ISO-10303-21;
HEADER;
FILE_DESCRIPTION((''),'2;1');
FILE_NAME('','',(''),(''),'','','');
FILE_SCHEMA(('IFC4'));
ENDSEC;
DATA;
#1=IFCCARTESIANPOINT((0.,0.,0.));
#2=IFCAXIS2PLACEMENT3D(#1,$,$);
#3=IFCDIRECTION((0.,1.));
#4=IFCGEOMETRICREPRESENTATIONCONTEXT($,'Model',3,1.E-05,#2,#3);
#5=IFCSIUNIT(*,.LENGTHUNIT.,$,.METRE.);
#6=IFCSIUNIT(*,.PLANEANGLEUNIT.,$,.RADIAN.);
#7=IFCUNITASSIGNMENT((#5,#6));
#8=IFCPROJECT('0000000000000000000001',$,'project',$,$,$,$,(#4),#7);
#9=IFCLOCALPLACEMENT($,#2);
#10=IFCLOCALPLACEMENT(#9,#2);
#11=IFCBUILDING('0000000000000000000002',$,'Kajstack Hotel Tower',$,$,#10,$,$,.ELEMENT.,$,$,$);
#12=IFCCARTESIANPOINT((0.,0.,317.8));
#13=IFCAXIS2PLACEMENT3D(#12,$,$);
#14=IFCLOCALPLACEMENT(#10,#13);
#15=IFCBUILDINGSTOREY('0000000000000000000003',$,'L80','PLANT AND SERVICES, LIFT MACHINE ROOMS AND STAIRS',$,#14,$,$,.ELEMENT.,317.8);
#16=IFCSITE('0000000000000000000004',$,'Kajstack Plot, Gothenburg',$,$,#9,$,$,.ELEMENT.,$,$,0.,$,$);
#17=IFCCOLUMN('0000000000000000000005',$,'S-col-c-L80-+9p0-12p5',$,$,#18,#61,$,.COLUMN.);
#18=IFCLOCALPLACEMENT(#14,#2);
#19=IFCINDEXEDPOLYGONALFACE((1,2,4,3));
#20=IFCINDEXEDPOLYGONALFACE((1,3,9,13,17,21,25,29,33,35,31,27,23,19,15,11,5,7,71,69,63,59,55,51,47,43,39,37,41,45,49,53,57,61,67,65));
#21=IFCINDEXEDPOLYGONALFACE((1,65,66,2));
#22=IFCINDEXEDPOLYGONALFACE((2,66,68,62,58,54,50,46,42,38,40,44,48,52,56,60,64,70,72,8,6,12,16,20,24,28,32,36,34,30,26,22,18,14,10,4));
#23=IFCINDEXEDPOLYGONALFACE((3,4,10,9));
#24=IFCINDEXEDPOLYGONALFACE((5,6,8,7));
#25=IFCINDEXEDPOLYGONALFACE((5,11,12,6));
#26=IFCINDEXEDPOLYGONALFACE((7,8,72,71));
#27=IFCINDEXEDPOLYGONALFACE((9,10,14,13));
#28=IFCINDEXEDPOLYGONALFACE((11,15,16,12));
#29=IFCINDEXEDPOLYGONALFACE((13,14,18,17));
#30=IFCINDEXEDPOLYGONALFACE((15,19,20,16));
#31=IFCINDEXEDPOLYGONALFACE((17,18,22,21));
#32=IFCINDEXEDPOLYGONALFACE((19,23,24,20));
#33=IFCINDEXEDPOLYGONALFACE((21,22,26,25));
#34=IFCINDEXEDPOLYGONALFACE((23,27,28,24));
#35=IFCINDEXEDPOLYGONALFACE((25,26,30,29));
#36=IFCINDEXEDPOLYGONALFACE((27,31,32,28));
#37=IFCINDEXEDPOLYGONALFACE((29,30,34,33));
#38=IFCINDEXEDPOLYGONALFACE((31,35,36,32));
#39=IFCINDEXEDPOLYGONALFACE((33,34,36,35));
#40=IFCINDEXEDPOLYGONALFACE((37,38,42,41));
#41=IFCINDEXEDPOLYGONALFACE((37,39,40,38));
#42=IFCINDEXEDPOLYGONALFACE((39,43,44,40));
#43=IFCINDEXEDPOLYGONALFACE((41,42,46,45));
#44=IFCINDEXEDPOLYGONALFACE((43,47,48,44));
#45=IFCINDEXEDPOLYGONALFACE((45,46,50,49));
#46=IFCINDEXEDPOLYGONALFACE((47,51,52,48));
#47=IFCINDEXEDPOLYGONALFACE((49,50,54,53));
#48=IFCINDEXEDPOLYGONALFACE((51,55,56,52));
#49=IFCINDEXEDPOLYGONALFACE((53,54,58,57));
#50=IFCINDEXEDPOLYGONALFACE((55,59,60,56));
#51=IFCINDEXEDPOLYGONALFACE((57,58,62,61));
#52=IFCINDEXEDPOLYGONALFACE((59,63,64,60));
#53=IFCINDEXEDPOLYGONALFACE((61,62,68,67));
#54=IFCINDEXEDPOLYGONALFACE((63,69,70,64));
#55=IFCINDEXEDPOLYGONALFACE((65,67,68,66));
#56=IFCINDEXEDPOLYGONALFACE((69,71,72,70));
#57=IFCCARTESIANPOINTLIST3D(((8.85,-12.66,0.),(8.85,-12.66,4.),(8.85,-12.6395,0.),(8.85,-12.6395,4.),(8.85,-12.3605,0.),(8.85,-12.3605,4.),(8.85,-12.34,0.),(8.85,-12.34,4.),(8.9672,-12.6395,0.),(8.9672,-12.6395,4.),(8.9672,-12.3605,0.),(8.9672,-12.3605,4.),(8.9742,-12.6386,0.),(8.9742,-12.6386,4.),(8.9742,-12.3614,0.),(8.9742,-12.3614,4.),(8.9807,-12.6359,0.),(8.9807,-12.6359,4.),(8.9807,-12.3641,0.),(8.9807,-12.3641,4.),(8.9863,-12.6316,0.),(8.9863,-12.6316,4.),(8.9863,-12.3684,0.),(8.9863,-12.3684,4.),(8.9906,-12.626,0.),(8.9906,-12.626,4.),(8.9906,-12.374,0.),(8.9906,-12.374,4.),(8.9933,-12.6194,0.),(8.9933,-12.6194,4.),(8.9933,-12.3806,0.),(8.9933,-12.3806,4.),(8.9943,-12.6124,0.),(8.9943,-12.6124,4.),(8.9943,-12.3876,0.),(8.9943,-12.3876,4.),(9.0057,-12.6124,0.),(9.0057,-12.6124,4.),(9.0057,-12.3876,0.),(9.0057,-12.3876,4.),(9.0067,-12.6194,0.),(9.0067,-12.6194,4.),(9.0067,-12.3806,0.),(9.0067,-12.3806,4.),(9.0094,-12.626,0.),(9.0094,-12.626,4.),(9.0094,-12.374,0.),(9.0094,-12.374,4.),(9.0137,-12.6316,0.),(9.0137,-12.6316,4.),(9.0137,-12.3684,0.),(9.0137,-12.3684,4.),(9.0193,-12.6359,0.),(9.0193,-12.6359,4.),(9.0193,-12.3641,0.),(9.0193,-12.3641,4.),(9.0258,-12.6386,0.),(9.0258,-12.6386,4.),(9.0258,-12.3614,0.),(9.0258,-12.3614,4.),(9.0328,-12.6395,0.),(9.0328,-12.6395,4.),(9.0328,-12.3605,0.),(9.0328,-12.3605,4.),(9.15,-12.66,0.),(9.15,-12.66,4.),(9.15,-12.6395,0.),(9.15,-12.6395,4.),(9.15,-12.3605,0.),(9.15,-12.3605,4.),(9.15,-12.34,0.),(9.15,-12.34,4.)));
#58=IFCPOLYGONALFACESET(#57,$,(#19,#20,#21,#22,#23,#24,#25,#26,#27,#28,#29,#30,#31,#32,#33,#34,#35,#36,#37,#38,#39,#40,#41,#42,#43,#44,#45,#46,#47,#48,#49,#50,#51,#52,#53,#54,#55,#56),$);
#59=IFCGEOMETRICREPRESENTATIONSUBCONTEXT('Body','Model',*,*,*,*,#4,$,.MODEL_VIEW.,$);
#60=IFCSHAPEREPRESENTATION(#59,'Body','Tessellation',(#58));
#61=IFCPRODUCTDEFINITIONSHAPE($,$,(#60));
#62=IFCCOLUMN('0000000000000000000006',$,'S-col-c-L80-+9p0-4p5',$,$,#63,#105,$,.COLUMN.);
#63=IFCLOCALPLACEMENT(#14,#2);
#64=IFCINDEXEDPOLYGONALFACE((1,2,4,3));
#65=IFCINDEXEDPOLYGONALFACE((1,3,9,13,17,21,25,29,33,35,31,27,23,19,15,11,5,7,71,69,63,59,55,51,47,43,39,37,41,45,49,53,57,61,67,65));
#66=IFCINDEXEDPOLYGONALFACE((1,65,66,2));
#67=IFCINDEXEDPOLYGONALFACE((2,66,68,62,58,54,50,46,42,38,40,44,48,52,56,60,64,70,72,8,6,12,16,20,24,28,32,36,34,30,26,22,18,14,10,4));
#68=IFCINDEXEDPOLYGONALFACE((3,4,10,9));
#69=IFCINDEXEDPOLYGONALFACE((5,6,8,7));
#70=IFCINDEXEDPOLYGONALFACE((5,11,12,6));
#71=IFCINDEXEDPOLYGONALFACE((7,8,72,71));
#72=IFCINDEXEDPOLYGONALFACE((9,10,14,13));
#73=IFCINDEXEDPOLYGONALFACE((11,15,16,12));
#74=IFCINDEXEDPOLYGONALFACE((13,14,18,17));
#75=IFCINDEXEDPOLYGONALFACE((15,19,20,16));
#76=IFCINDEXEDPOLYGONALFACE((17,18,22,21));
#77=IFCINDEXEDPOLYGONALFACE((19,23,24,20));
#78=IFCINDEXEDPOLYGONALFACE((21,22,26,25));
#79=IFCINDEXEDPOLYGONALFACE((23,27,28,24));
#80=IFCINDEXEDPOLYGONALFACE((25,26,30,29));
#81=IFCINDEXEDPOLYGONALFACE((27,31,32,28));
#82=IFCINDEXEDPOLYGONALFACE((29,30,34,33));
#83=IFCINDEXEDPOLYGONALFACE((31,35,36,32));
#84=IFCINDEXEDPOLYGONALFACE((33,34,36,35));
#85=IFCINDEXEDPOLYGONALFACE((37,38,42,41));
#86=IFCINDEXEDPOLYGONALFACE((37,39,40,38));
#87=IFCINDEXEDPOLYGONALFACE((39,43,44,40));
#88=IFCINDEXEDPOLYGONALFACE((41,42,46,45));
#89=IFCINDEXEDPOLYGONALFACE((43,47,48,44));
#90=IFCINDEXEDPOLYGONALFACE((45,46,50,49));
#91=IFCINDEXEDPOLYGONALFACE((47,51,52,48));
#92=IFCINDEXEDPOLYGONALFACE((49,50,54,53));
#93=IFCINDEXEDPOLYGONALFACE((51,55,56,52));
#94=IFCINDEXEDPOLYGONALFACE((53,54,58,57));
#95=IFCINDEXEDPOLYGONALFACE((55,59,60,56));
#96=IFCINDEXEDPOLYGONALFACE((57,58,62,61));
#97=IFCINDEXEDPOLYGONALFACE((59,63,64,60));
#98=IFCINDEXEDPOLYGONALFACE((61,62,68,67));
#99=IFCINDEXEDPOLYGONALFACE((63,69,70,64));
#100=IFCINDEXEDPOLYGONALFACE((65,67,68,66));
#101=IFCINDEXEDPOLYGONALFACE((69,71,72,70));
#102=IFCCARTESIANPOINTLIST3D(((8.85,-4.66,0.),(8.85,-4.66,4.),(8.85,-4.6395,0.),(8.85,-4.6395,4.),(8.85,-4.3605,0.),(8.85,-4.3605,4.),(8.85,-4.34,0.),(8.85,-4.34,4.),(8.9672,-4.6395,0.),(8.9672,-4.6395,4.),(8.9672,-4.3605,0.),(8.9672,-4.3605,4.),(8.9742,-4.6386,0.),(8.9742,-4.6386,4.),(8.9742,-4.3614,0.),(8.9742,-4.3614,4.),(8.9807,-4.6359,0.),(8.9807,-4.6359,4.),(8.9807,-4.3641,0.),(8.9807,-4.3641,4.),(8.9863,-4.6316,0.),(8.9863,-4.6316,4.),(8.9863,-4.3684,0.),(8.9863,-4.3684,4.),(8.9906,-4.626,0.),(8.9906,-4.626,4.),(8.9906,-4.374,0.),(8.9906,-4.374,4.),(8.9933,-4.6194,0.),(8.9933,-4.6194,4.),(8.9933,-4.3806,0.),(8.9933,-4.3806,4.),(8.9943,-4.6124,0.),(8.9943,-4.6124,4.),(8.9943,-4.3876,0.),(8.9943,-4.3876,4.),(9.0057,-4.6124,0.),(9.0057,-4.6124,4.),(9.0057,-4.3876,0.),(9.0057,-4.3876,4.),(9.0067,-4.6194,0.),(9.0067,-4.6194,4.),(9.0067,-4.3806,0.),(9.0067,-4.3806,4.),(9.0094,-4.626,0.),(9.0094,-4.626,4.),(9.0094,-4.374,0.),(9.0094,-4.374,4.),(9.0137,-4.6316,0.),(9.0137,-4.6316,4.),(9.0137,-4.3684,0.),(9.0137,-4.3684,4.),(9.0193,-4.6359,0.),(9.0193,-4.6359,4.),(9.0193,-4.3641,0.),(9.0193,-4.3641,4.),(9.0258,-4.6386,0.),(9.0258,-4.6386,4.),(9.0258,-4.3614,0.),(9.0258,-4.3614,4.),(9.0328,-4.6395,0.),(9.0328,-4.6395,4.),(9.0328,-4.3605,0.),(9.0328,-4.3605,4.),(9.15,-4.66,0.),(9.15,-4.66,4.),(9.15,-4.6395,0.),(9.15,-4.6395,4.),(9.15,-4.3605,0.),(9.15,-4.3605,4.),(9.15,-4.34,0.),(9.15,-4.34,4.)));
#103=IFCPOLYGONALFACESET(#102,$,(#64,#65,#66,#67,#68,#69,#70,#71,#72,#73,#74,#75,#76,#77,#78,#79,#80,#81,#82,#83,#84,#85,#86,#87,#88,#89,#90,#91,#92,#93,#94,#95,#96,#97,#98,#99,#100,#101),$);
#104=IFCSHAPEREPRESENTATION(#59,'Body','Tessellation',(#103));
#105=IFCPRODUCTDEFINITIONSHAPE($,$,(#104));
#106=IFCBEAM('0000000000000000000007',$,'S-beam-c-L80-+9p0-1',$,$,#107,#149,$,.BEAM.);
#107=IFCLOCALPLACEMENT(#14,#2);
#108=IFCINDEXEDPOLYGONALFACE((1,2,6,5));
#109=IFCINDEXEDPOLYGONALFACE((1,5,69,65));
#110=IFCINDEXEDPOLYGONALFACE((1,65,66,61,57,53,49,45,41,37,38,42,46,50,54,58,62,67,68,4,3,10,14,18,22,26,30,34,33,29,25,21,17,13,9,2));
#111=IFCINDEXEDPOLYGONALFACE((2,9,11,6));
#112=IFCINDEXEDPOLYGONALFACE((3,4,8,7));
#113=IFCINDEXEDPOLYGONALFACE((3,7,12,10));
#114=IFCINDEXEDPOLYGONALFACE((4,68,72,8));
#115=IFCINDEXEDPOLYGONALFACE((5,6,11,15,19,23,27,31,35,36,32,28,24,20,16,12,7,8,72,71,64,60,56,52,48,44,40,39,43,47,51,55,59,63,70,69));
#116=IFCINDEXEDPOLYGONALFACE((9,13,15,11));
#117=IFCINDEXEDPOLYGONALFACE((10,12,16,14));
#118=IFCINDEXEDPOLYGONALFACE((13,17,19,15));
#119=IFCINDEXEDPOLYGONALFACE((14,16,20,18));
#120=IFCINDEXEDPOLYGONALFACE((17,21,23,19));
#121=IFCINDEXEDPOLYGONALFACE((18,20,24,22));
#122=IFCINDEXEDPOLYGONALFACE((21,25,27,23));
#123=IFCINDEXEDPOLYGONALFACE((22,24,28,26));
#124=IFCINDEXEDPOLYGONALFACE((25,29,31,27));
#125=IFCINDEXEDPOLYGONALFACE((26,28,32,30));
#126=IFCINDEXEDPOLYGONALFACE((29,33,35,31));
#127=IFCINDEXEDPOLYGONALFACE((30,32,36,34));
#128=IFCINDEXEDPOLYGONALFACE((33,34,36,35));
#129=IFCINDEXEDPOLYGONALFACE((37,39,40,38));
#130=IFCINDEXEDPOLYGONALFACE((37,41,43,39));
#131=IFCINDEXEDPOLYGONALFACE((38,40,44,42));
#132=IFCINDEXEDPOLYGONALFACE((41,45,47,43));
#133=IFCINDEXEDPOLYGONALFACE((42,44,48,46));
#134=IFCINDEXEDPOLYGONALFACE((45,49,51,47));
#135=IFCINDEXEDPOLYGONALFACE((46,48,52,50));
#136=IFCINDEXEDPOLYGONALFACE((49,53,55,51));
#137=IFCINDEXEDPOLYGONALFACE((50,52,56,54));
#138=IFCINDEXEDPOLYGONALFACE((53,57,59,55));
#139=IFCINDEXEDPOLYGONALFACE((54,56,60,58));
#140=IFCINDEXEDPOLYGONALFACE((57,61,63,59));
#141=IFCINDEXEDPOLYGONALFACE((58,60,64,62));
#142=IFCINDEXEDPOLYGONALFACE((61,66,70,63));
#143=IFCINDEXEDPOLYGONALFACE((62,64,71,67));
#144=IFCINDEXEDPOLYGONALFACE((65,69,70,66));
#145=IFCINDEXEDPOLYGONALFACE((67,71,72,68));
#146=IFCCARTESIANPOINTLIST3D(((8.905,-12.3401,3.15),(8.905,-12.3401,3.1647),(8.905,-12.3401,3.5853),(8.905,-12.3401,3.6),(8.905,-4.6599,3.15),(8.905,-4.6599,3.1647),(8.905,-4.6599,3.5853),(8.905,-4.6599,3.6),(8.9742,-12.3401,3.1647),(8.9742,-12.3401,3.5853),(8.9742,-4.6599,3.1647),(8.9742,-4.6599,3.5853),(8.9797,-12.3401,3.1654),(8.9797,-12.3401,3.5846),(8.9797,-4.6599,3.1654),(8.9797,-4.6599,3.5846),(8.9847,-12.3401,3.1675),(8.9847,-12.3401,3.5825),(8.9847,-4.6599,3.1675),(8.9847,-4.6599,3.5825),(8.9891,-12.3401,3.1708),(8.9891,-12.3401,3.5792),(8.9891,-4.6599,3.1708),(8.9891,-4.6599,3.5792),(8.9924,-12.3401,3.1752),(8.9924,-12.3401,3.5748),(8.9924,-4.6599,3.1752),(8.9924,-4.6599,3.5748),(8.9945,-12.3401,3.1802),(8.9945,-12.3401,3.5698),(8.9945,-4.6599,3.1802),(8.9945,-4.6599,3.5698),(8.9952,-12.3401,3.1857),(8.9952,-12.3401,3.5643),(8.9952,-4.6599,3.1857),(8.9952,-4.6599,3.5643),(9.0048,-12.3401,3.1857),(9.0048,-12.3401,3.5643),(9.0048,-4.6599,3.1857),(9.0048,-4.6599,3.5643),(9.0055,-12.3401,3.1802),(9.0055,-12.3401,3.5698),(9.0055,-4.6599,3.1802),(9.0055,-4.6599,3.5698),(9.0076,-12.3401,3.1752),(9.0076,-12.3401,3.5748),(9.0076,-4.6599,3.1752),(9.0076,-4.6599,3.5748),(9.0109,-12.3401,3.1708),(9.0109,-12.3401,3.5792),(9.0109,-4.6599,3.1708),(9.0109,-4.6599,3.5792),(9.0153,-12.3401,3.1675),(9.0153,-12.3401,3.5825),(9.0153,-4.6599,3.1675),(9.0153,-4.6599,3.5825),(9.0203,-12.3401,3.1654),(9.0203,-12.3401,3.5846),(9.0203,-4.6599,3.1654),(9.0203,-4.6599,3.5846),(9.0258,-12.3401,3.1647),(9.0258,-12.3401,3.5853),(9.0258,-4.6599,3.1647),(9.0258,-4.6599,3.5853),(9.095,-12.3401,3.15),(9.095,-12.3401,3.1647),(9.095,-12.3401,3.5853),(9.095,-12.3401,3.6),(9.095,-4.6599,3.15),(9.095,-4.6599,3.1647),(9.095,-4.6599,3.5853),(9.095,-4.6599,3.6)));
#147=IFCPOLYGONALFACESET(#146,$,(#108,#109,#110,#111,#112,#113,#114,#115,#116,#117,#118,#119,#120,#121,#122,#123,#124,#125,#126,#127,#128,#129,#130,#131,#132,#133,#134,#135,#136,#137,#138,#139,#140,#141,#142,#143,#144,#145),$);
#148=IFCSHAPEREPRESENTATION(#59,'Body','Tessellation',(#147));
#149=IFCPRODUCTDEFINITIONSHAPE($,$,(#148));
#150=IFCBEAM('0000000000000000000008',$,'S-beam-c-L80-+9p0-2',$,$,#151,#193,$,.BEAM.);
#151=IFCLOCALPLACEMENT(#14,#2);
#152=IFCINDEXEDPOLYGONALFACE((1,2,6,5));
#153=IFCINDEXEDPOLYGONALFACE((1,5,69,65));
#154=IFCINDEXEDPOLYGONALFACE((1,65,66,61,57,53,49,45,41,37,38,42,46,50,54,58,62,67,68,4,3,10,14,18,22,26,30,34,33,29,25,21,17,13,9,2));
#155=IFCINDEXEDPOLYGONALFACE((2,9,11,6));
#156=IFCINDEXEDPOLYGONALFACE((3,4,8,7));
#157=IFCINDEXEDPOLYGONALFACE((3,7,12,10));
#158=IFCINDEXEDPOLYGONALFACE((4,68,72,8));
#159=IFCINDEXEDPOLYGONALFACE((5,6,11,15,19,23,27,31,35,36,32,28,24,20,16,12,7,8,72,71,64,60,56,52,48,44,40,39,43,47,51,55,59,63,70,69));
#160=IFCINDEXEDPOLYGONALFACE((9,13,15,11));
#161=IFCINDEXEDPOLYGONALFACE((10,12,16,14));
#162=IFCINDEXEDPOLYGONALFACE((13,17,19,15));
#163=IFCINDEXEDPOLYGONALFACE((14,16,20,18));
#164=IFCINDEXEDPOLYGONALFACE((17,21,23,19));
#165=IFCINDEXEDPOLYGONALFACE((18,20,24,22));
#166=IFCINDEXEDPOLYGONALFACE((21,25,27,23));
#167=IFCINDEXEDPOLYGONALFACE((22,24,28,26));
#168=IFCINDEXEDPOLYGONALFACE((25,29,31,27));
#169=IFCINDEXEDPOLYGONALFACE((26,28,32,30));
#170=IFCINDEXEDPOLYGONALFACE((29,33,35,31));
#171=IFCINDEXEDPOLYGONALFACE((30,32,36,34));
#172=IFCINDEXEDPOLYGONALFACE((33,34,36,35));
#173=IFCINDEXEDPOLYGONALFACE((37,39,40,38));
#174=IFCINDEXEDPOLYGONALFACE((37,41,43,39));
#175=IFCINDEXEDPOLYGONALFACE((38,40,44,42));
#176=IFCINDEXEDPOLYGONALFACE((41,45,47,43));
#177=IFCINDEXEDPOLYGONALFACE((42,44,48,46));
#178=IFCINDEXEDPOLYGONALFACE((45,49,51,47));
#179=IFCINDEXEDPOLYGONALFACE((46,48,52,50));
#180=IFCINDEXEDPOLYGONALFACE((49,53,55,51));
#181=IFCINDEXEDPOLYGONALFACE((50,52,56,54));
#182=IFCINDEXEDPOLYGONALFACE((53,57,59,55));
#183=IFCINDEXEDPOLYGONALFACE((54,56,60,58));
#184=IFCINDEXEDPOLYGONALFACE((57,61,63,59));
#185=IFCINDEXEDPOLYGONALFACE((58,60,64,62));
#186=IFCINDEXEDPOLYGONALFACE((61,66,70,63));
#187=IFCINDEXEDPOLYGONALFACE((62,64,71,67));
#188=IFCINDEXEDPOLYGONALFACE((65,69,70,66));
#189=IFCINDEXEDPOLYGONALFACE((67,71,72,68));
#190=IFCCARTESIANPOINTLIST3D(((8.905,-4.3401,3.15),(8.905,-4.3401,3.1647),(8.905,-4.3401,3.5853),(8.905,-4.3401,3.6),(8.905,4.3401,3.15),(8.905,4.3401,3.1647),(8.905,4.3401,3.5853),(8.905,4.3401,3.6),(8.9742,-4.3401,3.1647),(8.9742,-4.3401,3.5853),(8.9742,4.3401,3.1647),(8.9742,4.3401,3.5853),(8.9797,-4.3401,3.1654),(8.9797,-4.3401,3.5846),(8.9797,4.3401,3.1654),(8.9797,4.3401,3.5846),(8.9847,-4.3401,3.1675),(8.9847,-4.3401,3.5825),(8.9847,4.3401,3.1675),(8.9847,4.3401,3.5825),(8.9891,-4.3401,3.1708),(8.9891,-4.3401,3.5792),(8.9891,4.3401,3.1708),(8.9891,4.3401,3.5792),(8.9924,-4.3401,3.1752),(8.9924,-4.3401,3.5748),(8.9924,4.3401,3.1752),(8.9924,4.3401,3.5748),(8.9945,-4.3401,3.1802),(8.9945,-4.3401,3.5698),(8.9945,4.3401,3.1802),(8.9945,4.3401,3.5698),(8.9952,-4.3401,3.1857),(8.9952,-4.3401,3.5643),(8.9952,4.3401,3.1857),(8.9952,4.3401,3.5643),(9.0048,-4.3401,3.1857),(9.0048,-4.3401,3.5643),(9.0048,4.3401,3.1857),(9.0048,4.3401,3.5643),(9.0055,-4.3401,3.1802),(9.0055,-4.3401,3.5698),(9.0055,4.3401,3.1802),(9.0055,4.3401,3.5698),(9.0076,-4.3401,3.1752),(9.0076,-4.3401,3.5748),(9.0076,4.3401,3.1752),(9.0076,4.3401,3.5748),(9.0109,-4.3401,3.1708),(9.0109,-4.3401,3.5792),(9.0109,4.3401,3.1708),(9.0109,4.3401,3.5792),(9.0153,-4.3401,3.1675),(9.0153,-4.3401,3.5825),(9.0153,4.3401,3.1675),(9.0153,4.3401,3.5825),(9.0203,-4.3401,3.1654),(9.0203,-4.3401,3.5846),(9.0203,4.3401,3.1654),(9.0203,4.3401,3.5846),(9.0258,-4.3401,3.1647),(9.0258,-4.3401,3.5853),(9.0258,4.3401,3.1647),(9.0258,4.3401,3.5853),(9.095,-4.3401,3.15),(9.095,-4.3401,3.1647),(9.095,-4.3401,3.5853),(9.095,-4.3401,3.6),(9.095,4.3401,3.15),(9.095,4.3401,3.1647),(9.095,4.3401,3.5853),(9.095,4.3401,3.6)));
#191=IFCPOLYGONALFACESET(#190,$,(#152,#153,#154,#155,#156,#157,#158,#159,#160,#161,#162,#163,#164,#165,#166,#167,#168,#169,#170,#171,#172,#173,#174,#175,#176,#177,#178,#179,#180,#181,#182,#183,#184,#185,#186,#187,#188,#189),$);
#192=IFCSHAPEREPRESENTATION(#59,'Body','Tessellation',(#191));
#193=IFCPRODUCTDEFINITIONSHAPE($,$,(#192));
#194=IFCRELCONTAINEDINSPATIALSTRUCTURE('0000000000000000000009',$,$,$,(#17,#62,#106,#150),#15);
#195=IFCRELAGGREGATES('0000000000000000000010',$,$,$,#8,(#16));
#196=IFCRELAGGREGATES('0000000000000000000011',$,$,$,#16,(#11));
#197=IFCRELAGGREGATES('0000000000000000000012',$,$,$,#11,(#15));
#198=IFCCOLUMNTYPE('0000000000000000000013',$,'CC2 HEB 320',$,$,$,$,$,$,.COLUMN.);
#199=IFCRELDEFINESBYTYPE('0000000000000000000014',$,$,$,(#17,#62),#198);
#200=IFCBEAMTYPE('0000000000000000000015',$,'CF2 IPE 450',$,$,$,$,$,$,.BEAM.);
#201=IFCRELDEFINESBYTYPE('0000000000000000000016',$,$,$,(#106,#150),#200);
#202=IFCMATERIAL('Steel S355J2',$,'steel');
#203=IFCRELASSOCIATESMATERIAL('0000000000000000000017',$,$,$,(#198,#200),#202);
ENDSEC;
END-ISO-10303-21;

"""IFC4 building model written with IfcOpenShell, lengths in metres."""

from ifc_helpers import new_model, si_unit, direction, frame, origin, origin_2d, place, context, subcontext, project, spatial, i_section, extrude, material, material_profile, profile_set, type_object, element, save


model = new_model("IFC4")

# Units and contexts
model_context = context("Model", 3, precision=1e-05, world=origin(), true_north=direction((0.0, 1.0)))
body_context = subcontext(model_context, "Body", "Model", "MODEL_VIEW")
ifc_project = project(units=[si_unit("LENGTHUNIT", "METRE"), si_unit("PLANEANGLEUNIT", "RADIAN")], contexts=[model_context])

# Site, building, storey
site_placement = place(None, origin())
site = spatial("IfcSite", under=ifc_project, at=site_placement, Name="Kajstack Plot, Gothenburg", CompositionType="ELEMENT", RefElevation=0.0)
building_placement = place(site_placement, origin())
building = spatial("IfcBuilding", under=site, at=building_placement, Name="Kajstack Hotel Tower", CompositionType="ELEMENT")
storey_placement = place(building_placement, frame((0.0, 0.0, 317.8)))
storey = spatial("IfcBuildingStorey", under=building, at=storey_placement, Name="L80", Description="PLANT AND SERVICES, LIFT MACHINE ROOMS AND STAIRS", CompositionType="ELEMENT", Elevation=317.8)

# Columns
ifc_material_1 = material(Name="Steel S355J2", Category="steel")
ifc_material_profile_1 = material_profile(ifc_material_1, i_section(OverallWidth=0.3, OverallDepth=0.3201, WebThickness=0.0115, FlangeThickness=0.0205, FilletRadius=0.0271, at=origin_2d()), Name="HEB 320")
ifc_profile_set_1 = profile_set([ifc_material_profile_1], Name="Steel S355J2")
column_type = type_object("IfcColumnType", Name="CC2 HEB 320", PredefinedType="COLUMN", material=ifc_profile_set_1)
for number, where, z_axis, x_axis, name in (
    (1, (9.0, -12.5, 0.0), (0.0, 0.0, 1.0), (1.0, 0.0, 0.0), "S-col-c-L80-+9p0-12p5"),
    (2, (9.0, -4.5, 0.0), (0.0, 0.0, 1.0), (1.0, 0.0, 0.0), "S-col-c-L80-+9p0-4p5"),
):
    element("IfcColumn", number, at=place(storey_placement, frame(where, z_axis=z_axis, x_axis=x_axis)), inside=storey, type_object=column_type, Name=name, PredefinedType="COLUMN", context=body_context, shape_type="SweptSolid", body=[
        extrude(i_section(OverallWidth=0.3, OverallDepth=0.3201, WebThickness=0.0115, FlangeThickness=0.0205, FilletRadius=0.0271, at=origin_2d()), origin(), (0.0, 0.0, 1.0), 4.0),
    ])

# Beams
ifc_material_profile_2 = material_profile(ifc_material_1, i_section(OverallWidth=0.1899, OverallDepth=0.45, WebThickness=0.0095, FlangeThickness=0.0146, FilletRadius=0.021, at=origin_2d()), Name="IPE 450")
ifc_profile_set_2 = profile_set([ifc_material_profile_2], Name="Steel S355J2")
beam_type = type_object("IfcBeamType", Name="CF2 IPE 450", PredefinedType="BEAM", material=ifc_profile_set_2)
beam_1_placement = place(storey_placement, frame((9.0, -12.3401, 3.375), z_axis=(0.0, 1.0, 0.0), x_axis=(-1.0, 0.0, 0.0)))
element("IfcBeam", 3, at=beam_1_placement, inside=storey, type_object=beam_type, Name="S-beam-c-L80-+9p0-1", PredefinedType="BEAM", context=body_context, shape_type="SweptSolid", body=[
    extrude(i_section(OverallWidth=0.1899, OverallDepth=0.45, WebThickness=0.0095, FlangeThickness=0.0146, FilletRadius=0.021, at=origin_2d()), origin(), (0.0, 0.0, 1.0), 7.6802),
])
beam_2_placement = place(storey_placement, frame((9.0, -4.3401, 3.375), z_axis=(0.0, 1.0, 0.0), x_axis=(-1.0, 0.0, 0.0)))
element("IfcBeam", 4, at=beam_2_placement, inside=storey, type_object=beam_type, Name="S-beam-c-L80-+9p0-2", PredefinedType="BEAM", context=body_context, shape_type="SweptSolid", body=[
    extrude(i_section(OverallWidth=0.1899, OverallDepth=0.45, WebThickness=0.0095, FlangeThickness=0.0146, FilletRadius=0.021, at=origin_2d()), origin(), (0.0, 0.0, 1.0), 8.6802),
])

save(model, "model.ifc")
